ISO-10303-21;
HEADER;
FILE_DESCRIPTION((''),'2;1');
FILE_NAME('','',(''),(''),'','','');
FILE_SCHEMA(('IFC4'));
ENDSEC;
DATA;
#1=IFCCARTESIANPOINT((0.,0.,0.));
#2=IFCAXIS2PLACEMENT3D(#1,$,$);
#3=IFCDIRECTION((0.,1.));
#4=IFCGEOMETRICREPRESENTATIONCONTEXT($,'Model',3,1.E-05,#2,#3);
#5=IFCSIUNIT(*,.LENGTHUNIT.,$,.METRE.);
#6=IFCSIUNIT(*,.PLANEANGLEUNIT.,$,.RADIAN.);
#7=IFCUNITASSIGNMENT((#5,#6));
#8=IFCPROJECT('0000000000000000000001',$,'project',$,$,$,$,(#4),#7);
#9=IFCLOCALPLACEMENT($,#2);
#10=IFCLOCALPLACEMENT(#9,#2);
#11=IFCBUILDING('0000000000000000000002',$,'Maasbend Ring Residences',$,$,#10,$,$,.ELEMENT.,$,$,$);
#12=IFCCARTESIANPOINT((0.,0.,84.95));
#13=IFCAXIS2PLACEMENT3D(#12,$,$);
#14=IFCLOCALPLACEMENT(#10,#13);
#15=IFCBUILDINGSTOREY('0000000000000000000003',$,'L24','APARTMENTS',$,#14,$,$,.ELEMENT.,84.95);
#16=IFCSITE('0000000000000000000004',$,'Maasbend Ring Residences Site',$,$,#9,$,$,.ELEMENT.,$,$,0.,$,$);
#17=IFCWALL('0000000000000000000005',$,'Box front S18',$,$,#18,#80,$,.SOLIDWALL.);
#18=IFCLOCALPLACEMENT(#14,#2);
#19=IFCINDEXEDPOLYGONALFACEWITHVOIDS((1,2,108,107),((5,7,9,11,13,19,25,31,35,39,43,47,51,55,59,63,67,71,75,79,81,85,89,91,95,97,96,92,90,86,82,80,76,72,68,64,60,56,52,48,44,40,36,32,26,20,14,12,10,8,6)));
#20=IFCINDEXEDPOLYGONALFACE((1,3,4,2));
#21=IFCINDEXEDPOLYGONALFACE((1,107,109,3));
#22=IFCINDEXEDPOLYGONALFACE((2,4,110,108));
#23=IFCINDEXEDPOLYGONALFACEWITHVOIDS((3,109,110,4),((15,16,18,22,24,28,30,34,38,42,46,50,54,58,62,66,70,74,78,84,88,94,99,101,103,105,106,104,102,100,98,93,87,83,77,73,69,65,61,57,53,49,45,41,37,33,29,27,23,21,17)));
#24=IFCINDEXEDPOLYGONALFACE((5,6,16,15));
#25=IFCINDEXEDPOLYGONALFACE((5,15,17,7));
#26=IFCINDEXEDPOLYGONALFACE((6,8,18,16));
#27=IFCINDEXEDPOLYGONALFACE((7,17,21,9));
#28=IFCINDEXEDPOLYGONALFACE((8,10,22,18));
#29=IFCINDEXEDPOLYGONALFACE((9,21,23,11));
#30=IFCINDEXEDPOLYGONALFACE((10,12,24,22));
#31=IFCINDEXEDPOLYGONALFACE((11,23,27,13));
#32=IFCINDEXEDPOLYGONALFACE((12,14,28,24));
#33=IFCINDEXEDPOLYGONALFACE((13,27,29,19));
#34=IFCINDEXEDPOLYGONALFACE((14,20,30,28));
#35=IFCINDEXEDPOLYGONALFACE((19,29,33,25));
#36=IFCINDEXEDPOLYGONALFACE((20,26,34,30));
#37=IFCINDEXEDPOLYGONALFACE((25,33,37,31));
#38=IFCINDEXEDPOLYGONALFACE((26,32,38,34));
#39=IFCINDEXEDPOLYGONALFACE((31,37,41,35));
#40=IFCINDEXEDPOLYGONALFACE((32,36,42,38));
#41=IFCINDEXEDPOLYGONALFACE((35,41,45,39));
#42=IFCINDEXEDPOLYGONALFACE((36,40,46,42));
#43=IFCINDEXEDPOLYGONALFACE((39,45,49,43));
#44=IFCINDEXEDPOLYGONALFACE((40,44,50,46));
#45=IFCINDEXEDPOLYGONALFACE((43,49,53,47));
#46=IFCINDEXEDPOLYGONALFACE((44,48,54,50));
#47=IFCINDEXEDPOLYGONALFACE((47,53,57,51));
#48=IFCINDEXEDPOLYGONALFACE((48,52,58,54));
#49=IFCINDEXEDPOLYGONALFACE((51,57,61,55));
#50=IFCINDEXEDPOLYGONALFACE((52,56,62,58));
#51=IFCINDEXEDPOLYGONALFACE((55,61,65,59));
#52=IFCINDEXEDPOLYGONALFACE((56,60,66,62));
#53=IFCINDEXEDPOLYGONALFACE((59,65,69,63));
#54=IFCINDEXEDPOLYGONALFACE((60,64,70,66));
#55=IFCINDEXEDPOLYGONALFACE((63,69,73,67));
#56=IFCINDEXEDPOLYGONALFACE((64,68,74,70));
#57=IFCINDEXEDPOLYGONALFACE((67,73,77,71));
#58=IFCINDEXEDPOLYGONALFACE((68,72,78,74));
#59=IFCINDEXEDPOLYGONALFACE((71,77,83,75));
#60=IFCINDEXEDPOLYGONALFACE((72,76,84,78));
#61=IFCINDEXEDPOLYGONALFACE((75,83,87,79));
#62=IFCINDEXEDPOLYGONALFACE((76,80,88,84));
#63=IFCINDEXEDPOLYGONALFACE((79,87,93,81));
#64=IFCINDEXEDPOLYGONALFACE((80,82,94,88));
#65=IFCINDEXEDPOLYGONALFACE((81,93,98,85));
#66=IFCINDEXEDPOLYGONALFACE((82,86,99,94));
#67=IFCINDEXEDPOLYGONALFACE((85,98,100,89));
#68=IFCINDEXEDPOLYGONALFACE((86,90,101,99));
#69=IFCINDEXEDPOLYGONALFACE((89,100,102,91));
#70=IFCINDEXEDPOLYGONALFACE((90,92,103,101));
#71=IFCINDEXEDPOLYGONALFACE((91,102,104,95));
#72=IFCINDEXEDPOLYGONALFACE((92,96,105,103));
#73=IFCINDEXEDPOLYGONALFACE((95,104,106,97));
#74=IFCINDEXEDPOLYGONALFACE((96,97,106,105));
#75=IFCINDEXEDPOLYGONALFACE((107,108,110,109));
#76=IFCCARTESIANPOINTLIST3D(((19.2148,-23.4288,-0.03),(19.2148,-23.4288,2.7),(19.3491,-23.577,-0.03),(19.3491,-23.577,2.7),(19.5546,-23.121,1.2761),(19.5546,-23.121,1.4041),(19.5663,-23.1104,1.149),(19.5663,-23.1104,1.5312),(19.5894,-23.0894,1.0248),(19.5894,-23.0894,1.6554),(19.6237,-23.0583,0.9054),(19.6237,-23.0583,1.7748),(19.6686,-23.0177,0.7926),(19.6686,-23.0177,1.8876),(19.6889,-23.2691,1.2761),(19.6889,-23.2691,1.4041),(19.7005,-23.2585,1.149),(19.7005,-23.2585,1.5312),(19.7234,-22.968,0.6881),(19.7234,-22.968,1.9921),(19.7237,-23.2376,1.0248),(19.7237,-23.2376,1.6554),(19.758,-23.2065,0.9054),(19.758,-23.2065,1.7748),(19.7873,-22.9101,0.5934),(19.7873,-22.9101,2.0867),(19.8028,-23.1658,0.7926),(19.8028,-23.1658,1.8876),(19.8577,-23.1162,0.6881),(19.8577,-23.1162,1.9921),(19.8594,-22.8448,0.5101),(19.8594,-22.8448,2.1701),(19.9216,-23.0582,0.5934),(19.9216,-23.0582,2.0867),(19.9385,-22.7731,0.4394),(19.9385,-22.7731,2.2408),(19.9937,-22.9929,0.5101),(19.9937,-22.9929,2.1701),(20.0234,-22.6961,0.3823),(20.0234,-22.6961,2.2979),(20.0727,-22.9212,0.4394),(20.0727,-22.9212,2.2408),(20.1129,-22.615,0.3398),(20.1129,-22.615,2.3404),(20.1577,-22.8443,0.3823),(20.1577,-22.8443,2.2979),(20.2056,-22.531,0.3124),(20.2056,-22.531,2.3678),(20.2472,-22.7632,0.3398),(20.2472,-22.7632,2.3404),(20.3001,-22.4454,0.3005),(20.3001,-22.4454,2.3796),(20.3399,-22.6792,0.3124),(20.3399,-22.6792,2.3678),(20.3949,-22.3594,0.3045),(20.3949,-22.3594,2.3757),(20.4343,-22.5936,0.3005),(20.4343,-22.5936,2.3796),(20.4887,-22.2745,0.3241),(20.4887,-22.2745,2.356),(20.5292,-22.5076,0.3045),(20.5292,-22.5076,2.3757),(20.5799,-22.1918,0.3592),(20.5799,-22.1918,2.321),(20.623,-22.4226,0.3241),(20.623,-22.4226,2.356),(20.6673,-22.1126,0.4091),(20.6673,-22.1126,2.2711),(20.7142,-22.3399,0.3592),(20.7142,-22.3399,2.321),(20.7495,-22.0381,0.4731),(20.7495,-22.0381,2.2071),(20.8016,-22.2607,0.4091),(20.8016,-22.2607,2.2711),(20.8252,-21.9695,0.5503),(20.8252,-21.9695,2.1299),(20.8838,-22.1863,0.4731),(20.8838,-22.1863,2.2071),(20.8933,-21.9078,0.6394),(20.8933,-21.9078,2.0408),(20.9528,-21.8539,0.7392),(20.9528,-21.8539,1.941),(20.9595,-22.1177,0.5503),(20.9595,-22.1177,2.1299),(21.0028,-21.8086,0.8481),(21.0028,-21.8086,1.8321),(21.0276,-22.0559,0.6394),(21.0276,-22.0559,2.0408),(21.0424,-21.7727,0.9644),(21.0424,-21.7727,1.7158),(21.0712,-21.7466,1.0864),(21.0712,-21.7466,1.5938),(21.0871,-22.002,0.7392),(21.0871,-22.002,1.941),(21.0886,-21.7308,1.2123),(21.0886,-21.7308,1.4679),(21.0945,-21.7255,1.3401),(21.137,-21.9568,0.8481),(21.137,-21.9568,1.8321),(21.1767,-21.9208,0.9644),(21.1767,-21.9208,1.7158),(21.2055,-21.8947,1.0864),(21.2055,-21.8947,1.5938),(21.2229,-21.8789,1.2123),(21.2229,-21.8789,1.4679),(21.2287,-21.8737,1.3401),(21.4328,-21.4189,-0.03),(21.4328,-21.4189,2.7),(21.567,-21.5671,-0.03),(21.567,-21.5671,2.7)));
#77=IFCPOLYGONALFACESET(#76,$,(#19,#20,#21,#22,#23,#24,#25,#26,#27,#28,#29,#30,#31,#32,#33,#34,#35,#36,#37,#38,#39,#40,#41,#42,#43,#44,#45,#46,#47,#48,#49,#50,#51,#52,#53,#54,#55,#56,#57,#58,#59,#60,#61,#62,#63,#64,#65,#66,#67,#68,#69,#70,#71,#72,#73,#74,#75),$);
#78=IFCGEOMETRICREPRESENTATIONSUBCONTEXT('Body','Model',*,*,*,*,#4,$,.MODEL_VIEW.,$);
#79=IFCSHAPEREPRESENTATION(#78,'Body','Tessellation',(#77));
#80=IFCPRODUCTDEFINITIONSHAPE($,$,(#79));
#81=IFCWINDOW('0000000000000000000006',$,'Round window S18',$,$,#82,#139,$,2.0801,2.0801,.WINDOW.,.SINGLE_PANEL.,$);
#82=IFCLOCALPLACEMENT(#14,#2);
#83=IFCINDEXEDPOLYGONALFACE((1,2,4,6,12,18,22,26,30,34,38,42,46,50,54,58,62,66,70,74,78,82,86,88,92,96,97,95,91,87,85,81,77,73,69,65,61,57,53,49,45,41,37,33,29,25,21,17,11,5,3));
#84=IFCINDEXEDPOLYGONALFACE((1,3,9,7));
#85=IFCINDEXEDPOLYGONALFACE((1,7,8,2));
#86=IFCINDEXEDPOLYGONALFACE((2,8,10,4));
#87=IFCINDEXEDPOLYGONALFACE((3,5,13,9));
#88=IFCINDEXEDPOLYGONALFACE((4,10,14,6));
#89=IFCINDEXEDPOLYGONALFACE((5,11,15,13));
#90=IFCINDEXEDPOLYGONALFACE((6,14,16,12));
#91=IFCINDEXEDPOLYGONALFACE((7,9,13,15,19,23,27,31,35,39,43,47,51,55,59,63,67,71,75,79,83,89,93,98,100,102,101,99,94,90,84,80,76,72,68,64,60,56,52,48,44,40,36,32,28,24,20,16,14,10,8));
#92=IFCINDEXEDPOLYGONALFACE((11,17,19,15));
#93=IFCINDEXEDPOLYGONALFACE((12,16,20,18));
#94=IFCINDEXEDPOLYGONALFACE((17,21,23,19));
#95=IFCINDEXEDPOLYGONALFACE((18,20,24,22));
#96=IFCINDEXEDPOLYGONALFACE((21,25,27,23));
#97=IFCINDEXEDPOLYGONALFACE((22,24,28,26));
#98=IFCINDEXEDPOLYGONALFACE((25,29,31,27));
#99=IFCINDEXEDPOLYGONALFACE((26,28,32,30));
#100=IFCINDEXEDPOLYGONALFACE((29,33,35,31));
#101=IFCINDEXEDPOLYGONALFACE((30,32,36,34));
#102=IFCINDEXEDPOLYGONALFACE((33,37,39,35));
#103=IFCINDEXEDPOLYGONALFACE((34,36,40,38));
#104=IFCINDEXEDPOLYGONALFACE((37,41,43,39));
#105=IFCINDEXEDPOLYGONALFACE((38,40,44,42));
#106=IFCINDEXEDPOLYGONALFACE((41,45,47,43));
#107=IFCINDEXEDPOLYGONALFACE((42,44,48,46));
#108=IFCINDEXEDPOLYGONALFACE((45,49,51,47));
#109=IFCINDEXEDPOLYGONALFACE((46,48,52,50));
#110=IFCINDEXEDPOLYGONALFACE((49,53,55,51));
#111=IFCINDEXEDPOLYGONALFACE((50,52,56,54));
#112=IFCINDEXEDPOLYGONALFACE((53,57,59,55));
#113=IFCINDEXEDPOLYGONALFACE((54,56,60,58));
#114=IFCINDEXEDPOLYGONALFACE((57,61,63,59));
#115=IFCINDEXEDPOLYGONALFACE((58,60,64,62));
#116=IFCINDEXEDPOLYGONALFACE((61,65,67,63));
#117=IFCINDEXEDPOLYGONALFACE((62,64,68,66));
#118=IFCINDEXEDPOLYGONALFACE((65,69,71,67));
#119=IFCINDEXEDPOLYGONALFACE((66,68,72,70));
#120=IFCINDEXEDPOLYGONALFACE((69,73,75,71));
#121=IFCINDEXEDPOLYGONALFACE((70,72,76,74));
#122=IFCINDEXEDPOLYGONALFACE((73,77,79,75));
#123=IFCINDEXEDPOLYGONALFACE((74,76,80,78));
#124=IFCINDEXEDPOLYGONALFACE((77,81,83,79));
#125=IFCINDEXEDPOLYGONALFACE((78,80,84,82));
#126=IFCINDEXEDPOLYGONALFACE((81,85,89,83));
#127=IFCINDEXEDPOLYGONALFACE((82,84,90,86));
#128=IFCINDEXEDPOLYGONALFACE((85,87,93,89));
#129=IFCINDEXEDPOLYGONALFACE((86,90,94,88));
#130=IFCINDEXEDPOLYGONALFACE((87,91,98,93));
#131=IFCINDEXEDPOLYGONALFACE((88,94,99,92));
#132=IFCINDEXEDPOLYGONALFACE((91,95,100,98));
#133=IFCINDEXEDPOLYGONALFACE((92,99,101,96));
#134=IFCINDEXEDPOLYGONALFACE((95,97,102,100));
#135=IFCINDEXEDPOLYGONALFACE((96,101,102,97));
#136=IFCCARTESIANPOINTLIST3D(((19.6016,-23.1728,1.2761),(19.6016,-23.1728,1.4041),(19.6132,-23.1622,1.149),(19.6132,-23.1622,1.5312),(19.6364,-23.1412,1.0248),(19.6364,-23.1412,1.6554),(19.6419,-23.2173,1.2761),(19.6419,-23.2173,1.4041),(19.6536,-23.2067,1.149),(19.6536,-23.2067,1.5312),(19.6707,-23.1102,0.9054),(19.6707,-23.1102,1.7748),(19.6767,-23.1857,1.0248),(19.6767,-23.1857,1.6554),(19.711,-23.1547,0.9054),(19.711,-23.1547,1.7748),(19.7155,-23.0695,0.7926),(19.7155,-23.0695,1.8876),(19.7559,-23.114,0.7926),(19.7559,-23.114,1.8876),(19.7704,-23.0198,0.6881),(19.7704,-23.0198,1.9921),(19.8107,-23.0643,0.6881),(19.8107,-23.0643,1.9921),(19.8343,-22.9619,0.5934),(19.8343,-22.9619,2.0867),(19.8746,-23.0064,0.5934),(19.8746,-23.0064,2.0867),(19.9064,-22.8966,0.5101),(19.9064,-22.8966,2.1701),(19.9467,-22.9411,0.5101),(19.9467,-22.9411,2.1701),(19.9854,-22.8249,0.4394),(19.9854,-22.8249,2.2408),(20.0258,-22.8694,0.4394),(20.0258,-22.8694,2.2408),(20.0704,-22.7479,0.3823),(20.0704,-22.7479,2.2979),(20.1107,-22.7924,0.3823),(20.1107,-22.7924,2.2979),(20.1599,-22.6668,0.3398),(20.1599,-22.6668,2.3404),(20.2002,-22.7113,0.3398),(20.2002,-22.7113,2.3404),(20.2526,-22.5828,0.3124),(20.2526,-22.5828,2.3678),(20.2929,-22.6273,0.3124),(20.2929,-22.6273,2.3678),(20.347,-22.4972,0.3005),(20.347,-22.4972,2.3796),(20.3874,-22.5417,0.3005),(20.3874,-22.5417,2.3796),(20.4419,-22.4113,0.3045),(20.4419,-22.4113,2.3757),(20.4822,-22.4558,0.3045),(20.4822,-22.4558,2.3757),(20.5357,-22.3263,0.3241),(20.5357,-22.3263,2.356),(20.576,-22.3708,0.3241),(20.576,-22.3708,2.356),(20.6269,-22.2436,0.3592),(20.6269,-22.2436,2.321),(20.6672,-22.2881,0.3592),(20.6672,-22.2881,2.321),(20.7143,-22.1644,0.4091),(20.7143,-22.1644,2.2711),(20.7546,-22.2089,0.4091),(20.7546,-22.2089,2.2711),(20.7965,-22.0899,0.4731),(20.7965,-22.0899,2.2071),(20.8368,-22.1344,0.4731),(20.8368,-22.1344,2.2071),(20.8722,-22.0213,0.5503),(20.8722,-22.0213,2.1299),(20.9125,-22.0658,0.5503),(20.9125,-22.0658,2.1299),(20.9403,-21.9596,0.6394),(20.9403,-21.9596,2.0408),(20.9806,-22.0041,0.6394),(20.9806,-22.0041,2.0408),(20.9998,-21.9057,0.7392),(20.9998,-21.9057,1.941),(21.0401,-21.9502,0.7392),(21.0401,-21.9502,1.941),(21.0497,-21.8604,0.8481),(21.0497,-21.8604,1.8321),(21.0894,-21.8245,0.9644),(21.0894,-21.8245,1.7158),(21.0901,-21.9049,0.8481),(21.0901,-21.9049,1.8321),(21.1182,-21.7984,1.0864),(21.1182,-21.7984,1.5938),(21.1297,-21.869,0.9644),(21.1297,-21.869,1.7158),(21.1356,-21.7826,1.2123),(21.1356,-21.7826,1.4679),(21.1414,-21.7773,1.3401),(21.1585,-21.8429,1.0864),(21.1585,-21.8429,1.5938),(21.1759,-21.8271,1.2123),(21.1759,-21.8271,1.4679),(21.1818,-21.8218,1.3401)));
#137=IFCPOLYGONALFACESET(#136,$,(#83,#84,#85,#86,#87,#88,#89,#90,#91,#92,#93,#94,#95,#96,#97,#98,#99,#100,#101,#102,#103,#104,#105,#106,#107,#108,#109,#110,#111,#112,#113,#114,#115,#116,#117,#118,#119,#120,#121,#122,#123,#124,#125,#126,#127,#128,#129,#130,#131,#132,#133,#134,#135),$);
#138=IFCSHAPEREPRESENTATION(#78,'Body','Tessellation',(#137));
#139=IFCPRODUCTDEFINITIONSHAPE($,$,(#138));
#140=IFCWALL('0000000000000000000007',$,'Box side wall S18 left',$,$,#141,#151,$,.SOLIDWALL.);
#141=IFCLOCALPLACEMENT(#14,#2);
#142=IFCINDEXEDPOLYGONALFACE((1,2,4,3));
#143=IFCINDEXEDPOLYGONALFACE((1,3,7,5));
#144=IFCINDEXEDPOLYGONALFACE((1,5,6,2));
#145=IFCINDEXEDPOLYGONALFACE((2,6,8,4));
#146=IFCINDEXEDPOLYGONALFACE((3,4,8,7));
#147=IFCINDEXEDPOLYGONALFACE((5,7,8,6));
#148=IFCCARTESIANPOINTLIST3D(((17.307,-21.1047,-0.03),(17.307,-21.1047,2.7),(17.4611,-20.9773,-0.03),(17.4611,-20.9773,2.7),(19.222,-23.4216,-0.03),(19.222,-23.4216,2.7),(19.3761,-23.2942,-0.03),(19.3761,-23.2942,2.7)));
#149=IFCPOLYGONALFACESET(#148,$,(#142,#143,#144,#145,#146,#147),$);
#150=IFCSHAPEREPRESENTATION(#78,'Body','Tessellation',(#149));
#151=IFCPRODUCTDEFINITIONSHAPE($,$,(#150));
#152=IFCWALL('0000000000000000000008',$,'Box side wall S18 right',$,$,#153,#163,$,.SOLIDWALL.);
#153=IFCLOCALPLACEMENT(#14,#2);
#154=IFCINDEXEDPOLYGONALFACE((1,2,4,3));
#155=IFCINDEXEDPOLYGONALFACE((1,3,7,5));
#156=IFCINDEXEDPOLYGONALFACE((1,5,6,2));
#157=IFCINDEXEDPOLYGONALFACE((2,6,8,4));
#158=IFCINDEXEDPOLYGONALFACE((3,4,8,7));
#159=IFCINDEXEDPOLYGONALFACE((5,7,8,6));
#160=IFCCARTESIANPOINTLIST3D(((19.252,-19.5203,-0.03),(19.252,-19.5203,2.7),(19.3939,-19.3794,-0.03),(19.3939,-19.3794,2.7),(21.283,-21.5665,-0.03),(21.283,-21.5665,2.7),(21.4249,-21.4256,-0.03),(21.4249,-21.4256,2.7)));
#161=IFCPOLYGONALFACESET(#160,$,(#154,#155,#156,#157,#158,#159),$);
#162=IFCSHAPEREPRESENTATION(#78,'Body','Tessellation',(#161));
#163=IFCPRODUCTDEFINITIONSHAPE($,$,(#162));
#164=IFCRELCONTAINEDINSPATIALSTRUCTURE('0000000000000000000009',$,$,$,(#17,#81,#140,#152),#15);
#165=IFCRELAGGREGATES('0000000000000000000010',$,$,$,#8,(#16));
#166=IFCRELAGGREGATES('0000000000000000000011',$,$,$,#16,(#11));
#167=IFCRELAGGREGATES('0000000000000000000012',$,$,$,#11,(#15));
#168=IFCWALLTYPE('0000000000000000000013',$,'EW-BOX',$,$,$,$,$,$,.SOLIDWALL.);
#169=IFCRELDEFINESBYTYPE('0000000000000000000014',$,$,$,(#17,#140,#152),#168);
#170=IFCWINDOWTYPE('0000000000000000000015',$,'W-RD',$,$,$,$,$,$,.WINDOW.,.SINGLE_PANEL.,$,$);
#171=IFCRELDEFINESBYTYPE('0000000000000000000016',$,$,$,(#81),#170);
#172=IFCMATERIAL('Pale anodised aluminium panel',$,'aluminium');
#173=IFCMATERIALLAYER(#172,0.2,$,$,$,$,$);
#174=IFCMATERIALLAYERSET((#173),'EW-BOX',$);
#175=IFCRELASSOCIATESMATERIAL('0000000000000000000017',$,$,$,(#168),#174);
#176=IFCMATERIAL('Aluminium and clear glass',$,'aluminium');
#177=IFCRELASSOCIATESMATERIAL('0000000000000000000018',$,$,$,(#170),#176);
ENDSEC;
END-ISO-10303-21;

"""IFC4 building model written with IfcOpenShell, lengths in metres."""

from ifc_helpers import new_model, si_unit, direction, frame, frame_2d, origin, place, context, subcontext, project, spatial, rectangle, circle, extrude, material, layer, layer_set, type_object, element, fill, save


model = new_model("IFC4")

# Units and contexts
model_context = context("Model", 3, precision=1e-05, world=origin(), true_north=direction((0.0, 1.0)))
body_context = subcontext(model_context, "Body", "Model", "MODEL_VIEW")
ifc_project = project(units=[si_unit("LENGTHUNIT", "METRE"), si_unit("PLANEANGLEUNIT", "RADIAN")], contexts=[model_context])

# Site, building, storey
site_placement = place(None, origin())
site = spatial("IfcSite", under=ifc_project, at=site_placement, Name="Maasbend Ring Residences Site", CompositionType="ELEMENT", RefElevation=0.0)
building_placement = place(site_placement, origin())
building = spatial("IfcBuilding", under=site, at=building_placement, Name="Maasbend Ring Residences", CompositionType="ELEMENT")
storey_placement = place(building_placement, frame((0.0, 0.0, 84.95)))
storey = spatial("IfcBuildingStorey", under=building, at=storey_placement, Name="L24", Description="APARTMENTS", CompositionType="ELEMENT", Elevation=84.95)

# Shared definitions
ifc_material_1 = material(Name="Pale anodised aluminium panel", Category="aluminium")
ifc_layer_1 = layer(ifc_material_1, 0.2)
ifc_layer_set_1 = layer_set([ifc_layer_1], Name="EW-BOX")
wall_type_1 = type_object("IfcWallType", Name="EW-BOX", PredefinedType="SOLIDWALL", material=ifc_layer_set_1)
ifc_material_2 = material(Name="Aluminium and clear glass", Category="aluminium")
window_type_1 = type_object("IfcWindowType", Name="W-RD", PartitioningType="SINGLE_PANEL", PredefinedType="WINDOW", material=ifc_material_2)

# Wall, opening, window
wall_1_placement = place(storey_placement, frame((19.282, -23.5029, -0.03), z_axis=(0.0, 0.0, 1.0), x_axis=(0.740998, 0.671507, 0.0)))
wall_1 = element("IfcWall", 1, at=wall_1_placement, inside=storey, type_object=wall_type_1, Name="Box front S18", PredefinedType="SOLIDWALL", context=body_context, shape_type="SweptSolid", body=[
    extrude(rectangle(XDim=2.9932, YDim=0.2, at=frame_2d((1.4966, 0.0))), origin(), (0.0, 0.0, 1.0), 2.73),
])
opening_1_placement = place(wall_1_placement, frame((0.4565, 0.0, 0.3301)))
opening_1 = element("IfcOpeningElement", 2, at=opening_1_placement, cuts=wall_1, PredefinedType="OPENING", context=body_context, shape_type="SweptSolid", body=[
    extrude(circle(Radius=1.04, at=frame_2d((1.04, 1.04))), frame((0.0, 0.1099, 0.0), z_axis=(0.0, -1.0, 0.0), x_axis=(1.0, 0.0, 0.0)), (0.0, 0.0, 1.0), 0.22),
])
window_1_placement = place(opening_1_placement, origin())
window_1 = element("IfcWindow", 3, at=window_1_placement, inside=storey, type_object=window_type_1, Name="Round window S18", OverallHeight=2.0801, OverallWidth=2.0801, PartitioningType="SINGLE_PANEL", PredefinedType="WINDOW", context=body_context, shape_type="SweptSolid", body=[
    extrude(circle(Radius=1.04, at=frame_2d((1.04, 1.04))), frame((0.0, 0.03, 0.0), z_axis=(0.0, -1.0, 0.0), x_axis=(1.0, 0.0, 0.0)), (0.0, 0.0, 1.0), 0.0601),
])
fill(opening_1, window_1)

# Walls
wall_2_placement = place(storey_placement, frame((17.384, -21.041, -0.03), z_axis=(0.0, 0.0, 1.0), x_axis=(0.637096, -0.770785, 0.0)))
element("IfcWall", 4, at=wall_2_placement, inside=storey, type_object=wall_type_1, Name="Box side wall S18 left", PredefinedType="SOLIDWALL", context=body_context, shape_type="SweptSolid", body=[
    extrude(rectangle(XDim=3.0059, YDim=0.2, at=frame_2d((1.5029, 0.0))), origin(), (0.0, 0.0, 1.0), 2.73),
])
wall_3_placement = place(storey_placement, frame((19.323, -19.45, -0.03), z_axis=(0.0, 0.0, 1.0), x_axis=(0.704477, -0.709727, 0.0)))
element("IfcWall", 5, at=wall_3_placement, inside=storey, type_object=wall_type_1, Name="Box side wall S18 right", PredefinedType="SOLIDWALL", context=body_context, shape_type="SweptSolid", body=[
    extrude(rectangle(XDim=2.8831, YDim=0.2, at=frame_2d((1.4414, 0.0))), origin(), (0.0, 0.0, 1.0), 2.73),
])

save(model, "model.ifc")
